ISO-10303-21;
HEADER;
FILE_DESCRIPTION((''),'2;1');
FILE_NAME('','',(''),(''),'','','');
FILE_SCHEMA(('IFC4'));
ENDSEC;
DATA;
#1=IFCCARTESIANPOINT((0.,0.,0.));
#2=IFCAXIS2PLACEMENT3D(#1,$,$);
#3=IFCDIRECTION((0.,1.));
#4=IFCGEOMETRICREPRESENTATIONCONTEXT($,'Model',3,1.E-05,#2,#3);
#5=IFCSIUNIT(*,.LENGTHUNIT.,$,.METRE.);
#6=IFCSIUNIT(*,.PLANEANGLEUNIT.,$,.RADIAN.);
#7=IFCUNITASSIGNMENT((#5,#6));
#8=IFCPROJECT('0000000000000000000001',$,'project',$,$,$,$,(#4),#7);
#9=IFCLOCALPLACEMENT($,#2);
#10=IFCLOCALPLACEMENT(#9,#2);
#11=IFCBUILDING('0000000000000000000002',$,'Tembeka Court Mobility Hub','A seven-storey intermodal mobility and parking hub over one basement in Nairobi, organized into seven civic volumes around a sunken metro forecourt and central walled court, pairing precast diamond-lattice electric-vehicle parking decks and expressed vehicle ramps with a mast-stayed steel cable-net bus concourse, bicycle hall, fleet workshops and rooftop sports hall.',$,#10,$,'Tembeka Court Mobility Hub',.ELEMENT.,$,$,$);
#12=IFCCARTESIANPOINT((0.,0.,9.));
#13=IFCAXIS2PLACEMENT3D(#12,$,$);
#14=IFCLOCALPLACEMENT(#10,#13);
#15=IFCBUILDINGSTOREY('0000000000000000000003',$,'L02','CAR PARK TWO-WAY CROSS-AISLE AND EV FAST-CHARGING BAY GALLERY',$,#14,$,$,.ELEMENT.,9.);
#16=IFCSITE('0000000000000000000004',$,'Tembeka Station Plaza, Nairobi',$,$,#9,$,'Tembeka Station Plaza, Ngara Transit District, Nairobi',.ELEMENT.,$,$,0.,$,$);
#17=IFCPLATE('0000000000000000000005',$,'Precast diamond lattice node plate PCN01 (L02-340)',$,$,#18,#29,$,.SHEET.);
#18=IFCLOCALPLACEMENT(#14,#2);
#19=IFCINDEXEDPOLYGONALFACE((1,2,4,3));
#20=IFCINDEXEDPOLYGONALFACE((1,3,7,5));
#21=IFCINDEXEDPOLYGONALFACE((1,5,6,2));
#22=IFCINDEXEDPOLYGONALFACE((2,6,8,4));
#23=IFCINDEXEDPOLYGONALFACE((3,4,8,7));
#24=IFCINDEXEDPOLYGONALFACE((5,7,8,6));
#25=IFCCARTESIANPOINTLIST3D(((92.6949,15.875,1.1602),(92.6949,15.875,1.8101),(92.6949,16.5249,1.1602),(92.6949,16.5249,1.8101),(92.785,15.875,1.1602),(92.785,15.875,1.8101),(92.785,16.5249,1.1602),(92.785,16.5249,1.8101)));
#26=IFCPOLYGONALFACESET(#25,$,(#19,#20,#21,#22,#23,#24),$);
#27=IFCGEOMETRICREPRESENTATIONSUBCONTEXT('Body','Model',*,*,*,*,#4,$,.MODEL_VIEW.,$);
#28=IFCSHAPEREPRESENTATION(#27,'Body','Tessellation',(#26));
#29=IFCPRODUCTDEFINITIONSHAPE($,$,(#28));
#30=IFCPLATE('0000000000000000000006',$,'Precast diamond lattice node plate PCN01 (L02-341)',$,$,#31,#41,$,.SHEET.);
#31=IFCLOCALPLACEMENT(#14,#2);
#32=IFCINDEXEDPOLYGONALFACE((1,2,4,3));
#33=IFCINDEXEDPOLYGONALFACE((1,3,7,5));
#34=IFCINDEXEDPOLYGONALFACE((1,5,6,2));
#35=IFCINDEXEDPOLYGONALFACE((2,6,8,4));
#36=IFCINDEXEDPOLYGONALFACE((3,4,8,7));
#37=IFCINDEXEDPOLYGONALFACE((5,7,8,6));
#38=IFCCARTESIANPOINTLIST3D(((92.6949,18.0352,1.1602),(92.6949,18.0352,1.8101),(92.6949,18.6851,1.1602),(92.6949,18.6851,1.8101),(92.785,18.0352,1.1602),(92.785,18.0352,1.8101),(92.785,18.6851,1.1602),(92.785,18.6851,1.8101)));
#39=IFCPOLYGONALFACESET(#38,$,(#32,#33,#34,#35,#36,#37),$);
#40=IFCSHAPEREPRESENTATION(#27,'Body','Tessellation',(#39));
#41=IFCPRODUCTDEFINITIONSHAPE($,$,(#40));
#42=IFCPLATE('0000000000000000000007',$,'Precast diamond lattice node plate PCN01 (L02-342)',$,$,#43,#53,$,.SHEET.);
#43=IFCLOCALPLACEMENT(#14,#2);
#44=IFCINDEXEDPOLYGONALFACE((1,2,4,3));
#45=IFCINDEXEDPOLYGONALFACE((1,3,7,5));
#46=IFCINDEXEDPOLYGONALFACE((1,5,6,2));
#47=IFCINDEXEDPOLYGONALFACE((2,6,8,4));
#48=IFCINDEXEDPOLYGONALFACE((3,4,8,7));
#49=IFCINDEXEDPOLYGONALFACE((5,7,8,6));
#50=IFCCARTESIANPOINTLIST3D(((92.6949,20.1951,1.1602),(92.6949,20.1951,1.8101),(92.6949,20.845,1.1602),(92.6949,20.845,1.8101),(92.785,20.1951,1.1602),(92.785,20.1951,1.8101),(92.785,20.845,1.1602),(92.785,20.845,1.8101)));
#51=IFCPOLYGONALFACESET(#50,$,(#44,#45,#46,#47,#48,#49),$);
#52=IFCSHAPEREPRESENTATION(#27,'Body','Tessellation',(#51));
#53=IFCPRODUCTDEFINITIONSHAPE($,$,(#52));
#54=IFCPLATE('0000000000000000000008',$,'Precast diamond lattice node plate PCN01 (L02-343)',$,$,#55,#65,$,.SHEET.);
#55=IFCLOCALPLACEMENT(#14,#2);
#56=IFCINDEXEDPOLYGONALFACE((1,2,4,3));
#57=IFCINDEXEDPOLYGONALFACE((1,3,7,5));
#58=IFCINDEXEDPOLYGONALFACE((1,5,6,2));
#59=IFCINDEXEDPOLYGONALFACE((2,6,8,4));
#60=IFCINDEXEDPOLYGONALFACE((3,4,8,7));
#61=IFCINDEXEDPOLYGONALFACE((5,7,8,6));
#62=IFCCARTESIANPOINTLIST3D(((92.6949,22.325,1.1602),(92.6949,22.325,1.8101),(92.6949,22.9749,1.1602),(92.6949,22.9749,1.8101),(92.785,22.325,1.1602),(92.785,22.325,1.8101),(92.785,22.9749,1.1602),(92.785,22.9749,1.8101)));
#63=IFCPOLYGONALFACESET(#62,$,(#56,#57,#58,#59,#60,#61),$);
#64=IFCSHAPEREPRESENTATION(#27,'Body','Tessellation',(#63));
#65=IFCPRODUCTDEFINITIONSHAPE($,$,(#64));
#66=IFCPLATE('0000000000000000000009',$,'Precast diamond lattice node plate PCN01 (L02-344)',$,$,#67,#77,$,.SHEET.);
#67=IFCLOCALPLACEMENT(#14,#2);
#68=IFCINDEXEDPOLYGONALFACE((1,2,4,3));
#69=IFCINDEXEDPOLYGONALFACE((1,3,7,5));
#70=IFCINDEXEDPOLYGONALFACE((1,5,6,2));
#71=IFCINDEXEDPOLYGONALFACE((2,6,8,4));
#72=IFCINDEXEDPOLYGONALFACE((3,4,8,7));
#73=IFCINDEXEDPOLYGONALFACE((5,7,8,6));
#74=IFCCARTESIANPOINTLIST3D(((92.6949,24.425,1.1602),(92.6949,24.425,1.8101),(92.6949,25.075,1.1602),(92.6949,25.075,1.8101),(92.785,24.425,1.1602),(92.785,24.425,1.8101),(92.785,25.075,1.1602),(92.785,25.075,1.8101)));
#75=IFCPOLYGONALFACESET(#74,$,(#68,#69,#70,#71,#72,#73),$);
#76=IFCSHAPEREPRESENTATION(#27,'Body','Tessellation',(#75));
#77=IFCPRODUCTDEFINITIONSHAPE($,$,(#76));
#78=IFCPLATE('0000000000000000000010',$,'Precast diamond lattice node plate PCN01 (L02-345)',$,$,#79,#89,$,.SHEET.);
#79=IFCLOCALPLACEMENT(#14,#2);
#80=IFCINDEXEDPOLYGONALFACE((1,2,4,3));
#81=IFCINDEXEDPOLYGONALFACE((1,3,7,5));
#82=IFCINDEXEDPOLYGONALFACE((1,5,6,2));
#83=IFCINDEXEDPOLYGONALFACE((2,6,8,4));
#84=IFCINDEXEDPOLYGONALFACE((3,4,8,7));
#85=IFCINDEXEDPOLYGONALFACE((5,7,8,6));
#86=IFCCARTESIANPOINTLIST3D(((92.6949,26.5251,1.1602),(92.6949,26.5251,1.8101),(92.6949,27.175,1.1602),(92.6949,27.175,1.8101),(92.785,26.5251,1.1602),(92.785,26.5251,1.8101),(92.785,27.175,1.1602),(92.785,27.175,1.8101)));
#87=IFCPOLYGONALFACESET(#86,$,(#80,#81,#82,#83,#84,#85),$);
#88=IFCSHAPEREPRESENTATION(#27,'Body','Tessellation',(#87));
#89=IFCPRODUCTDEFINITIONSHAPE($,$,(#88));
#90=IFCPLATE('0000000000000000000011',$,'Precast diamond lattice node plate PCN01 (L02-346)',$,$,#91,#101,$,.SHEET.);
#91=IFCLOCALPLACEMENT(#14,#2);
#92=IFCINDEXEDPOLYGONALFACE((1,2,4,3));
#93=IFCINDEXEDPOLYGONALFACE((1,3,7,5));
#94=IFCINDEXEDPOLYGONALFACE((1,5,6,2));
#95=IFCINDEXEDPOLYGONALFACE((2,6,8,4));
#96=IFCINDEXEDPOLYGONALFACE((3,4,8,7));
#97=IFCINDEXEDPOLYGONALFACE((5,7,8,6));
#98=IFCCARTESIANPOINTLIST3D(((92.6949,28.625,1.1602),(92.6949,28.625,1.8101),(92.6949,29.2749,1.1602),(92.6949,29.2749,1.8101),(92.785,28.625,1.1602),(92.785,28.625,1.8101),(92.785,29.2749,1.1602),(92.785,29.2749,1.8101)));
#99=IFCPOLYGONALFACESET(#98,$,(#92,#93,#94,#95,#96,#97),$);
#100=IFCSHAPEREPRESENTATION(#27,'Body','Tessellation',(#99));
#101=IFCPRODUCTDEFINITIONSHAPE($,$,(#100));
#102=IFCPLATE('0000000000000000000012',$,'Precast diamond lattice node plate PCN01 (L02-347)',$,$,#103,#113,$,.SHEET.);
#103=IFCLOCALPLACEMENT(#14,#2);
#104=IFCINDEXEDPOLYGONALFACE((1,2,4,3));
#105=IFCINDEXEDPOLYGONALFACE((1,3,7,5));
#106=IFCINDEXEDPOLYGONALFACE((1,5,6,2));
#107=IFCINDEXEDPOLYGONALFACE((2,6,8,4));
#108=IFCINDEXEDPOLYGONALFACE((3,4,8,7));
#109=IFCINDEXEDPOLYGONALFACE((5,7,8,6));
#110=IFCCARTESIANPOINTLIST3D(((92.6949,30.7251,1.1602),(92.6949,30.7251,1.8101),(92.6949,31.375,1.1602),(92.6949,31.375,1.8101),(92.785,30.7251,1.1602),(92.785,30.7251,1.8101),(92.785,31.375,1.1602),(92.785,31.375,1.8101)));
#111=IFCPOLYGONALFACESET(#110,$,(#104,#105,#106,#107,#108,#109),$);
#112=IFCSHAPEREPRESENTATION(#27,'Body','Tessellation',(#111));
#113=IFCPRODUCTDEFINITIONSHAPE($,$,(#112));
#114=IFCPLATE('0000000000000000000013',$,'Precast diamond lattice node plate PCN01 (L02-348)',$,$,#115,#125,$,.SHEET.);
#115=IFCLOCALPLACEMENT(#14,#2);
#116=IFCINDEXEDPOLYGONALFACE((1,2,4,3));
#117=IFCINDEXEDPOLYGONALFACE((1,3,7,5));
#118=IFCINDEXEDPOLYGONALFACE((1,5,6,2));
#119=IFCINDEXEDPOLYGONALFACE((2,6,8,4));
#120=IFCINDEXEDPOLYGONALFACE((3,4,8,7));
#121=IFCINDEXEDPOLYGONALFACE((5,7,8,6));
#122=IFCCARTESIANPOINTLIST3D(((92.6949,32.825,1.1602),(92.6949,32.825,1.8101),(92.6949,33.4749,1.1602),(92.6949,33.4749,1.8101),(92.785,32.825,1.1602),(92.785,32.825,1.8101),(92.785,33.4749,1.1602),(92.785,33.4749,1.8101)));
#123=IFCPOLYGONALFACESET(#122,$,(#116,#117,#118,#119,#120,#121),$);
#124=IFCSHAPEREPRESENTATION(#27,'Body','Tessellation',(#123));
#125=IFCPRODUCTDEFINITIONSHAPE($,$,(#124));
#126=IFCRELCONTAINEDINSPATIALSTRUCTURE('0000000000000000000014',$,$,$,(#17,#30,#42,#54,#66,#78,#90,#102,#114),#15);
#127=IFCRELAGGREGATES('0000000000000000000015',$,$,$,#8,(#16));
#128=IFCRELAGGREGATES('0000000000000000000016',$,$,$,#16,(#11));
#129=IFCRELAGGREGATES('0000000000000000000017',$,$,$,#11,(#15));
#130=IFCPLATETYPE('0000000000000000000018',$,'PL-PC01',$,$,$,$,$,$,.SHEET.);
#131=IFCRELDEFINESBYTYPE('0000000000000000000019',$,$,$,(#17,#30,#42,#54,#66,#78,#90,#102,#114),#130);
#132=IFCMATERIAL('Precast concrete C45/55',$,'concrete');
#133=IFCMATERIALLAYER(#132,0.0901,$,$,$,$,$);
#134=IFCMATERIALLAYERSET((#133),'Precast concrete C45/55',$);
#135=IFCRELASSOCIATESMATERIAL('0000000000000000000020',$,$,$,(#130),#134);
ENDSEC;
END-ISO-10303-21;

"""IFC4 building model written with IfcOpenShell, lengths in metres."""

from ifc_helpers import new_model, si_unit, direction, frame, origin, origin_2d, place, context, subcontext, project, spatial, rectangle, extrude, material, layer, layer_set, type_object, element, save


model = new_model("IFC4")

# Units and contexts
model_context = context("Model", 3, precision=1e-05, world=origin(), true_north=direction((0.0, 1.0)))
body_context = subcontext(model_context, "Body", "Model", "MODEL_VIEW")
ifc_project = project(units=[si_unit("LENGTHUNIT", "METRE"), si_unit("PLANEANGLEUNIT", "RADIAN")], contexts=[model_context])

# Site, building, storey
site_placement = place(None, origin())
site = spatial("IfcSite", under=ifc_project, at=site_placement, Name="Tembeka Station Plaza, Nairobi", LongName="Tembeka Station Plaza, Ngara Transit District, Nairobi", CompositionType="ELEMENT", RefElevation=0.0)
building_placement = place(site_placement, origin())
building = spatial("IfcBuilding", under=site, at=building_placement, Name="Tembeka Court Mobility Hub", Description="A seven-storey intermodal mobility and parking hub over one basement in Nairobi, organized into seven civic volumes around a sunken metro forecourt and central walled court, pairing precast diamond-lattice electric-vehicle parking decks and expressed vehicle ramps with a mast-stayed steel cable-net bus concourse, bicycle hall, fleet workshops and rooftop sports hall.", LongName="Tembeka Court Mobility Hub", CompositionType="ELEMENT")
storey_placement = place(building_placement, frame((0.0, 0.0, 9.0)))
storey = spatial("IfcBuildingStorey", under=building, at=storey_placement, Name="L02", Description="CAR PARK TWO-WAY CROSS-AISLE AND EV FAST-CHARGING BAY GALLERY", CompositionType="ELEMENT", Elevation=9.0)

# Shared definitions
ifc_material_1 = material(Name="Precast concrete C45/55", Category="concrete")

# Plates
ifc_layer_1 = layer(ifc_material_1, 0.0901)
ifc_layer_set_1 = layer_set([ifc_layer_1], Name="Precast concrete C45/55")
plate_type_1 = type_object("IfcPlateType", Name="PL-PC01", PredefinedType="SHEET", material=ifc_layer_set_1)
for number, where, z_axis, x_axis, name in (
    (1, (92.74, 16.2, 1.1602), (0.0, 0.0, 1.0), (1.0, 0.0, 0.0), "Precast diamond lattice node plate PCN01 (L02-340)"),
    (2, (92.74, 18.3601, 1.1602), (0.0, 0.0, 1.0), (1.0, 0.0, 0.0), "Precast diamond lattice node plate PCN01 (L02-341)"),
    (3, (92.74, 20.52, 1.1602), (0.0, 0.0, 1.0), (1.0, 0.0, 0.0), "Precast diamond lattice node plate PCN01 (L02-342)"),
    (4, (92.74, 22.6499, 1.1602), (0.0, 0.0, 1.0), (1.0, 0.0, 0.0), "Precast diamond lattice node plate PCN01 (L02-343)"),
    (5, (92.74, 24.75, 1.1602), (0.0, 0.0, 1.0), (1.0, 0.0, 0.0), "Precast diamond lattice node plate PCN01 (L02-344)"),
    (6, (92.74, 26.8501, 1.1602), (0.0, 0.0, 1.0), (1.0, 0.0, 0.0), "Precast diamond lattice node plate PCN01 (L02-345)"),
    (7, (92.74, 28.95, 1.1602), (0.0, 0.0, 1.0), (1.0, 0.0, 0.0), "Precast diamond lattice node plate PCN01 (L02-346)"),
    (8, (92.74, 31.05, 1.1602), (0.0, 0.0, 1.0), (1.0, 0.0, 0.0), "Precast diamond lattice node plate PCN01 (L02-347)"),
    (9, (92.74, 33.1499, 1.1602), (0.0, 0.0, 1.0), (1.0, 0.0, 0.0), "Precast diamond lattice node plate PCN01 (L02-348)"),
):
    element("IfcPlate", number, at=place(storey_placement, frame(where, z_axis=z_axis, x_axis=x_axis)), inside=storey, type_object=plate_type_1, Name=name, PredefinedType="SHEET", context=body_context, shape_type="SweptSolid", body=[
        extrude(rectangle(XDim=0.0901, YDim=0.6499, at=origin_2d()), origin(), (0.0, 0.0, 1.0), 0.6499),
    ])

save(model, "model.ifc")
